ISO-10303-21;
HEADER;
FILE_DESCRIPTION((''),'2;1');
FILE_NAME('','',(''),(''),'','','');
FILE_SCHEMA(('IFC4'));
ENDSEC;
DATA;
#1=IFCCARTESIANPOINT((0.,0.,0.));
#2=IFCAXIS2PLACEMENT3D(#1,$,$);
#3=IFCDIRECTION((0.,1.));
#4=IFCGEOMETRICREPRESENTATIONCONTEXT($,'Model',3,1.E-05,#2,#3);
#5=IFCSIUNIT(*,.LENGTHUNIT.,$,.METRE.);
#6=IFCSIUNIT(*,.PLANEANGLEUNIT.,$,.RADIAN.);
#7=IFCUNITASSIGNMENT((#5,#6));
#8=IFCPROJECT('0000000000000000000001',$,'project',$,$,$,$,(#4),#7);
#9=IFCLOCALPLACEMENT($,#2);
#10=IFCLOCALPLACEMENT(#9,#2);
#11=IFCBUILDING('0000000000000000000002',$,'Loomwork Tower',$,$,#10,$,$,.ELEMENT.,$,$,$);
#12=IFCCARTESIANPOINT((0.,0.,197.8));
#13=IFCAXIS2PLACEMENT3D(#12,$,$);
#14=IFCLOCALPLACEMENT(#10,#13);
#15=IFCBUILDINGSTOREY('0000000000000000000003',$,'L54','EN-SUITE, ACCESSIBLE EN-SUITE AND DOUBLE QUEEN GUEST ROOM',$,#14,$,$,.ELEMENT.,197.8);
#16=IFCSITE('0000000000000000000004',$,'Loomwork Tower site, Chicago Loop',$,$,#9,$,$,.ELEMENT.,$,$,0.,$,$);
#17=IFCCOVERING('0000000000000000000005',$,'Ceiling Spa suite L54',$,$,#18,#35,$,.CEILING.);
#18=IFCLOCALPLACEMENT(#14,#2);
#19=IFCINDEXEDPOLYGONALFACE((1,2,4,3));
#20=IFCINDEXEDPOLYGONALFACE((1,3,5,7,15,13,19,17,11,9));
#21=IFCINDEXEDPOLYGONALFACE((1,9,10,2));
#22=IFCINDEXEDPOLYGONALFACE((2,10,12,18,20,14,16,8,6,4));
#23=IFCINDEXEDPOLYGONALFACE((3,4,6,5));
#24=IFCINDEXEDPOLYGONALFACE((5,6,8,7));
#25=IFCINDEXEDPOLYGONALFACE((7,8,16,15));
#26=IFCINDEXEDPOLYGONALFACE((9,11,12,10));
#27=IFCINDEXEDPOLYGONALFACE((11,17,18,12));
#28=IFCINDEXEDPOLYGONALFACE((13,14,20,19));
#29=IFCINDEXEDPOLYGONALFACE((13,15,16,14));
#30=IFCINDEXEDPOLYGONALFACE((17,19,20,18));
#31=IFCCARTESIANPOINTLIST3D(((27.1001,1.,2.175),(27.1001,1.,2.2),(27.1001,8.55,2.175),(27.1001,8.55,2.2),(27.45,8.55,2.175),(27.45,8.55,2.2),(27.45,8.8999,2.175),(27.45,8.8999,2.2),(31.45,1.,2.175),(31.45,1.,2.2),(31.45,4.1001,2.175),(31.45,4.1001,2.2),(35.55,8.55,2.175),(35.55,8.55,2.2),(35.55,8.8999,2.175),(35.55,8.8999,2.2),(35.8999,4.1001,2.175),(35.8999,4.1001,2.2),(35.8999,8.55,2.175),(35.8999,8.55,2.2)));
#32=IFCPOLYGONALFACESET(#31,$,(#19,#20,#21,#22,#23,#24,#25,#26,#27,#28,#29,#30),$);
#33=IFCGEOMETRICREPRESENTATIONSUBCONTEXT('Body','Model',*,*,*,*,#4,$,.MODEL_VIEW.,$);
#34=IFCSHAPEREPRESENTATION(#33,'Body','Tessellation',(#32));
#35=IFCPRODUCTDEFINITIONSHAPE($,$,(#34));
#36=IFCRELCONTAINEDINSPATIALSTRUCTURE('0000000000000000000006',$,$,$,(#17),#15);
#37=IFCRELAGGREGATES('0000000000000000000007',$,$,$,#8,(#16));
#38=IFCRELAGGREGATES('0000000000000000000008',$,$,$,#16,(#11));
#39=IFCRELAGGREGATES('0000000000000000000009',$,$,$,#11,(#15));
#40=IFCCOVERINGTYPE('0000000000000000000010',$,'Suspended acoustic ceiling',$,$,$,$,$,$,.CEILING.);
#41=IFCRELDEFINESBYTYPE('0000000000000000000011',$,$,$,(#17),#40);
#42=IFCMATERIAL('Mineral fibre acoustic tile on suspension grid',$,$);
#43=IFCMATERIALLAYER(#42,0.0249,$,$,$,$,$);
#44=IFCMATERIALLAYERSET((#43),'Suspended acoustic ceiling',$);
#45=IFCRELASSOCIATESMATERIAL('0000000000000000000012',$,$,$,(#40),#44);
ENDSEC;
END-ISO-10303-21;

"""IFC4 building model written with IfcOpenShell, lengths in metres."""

from ifc_helpers import new_model, si_unit, direction, frame, origin, place, context, subcontext, project, spatial, polyline, outline, extrude, material, layer, layer_set, type_object, element, save


model = new_model("IFC4")

# Units and contexts
model_context = context("Model", 3, precision=1e-05, world=origin(), true_north=direction((0.0, 1.0)))
body_context = subcontext(model_context, "Body", "Model", "MODEL_VIEW")
ifc_project = project(units=[si_unit("LENGTHUNIT", "METRE"), si_unit("PLANEANGLEUNIT", "RADIAN")], contexts=[model_context])

# Site, building, storey
site_placement = place(None, origin())
site = spatial("IfcSite", under=ifc_project, at=site_placement, Name="Loomwork Tower site, Chicago Loop", CompositionType="ELEMENT", RefElevation=0.0)
building_placement = place(site_placement, origin())
building = spatial("IfcBuilding", under=site, at=building_placement, Name="Loomwork Tower", CompositionType="ELEMENT")
storey_placement = place(building_placement, frame((0.0, 0.0, 197.8)))
storey = spatial("IfcBuildingStorey", under=building, at=storey_placement, Name="L54", Description="EN-SUITE, ACCESSIBLE EN-SUITE AND DOUBLE QUEEN GUEST ROOM", CompositionType="ELEMENT", Elevation=197.8)

# Covering
ifc_material_1 = material(Name="Mineral fibre acoustic tile on suspension grid")
ifc_layer_1 = layer(ifc_material_1, 0.0249)
ifc_layer_set_1 = layer_set([ifc_layer_1], Name="Suspended acoustic ceiling")
covering_type_1 = type_object("IfcCoveringType", Name="Suspended acoustic ceiling", PredefinedType="CEILING", material=ifc_layer_set_1)
covering_1_placement = place(storey_placement, frame((0.0, 0.0, 2.175)))
element("IfcCovering", 1, at=covering_1_placement, inside=storey, type_object=covering_type_1, Name="Ceiling Spa suite L54", PredefinedType="CEILING", context=body_context, shape_type="SweptSolid", body=[
    extrude(outline(polyline([(35.55, 8.8999), (35.55, 8.55), (35.8999, 8.55), (35.8999, 4.1001), (31.45, 4.1001), (31.45, 1.0), (27.1001, 1.0), (27.1001, 8.55), (27.45, 8.55), (27.45, 8.8999), (35.55, 8.8999)])), origin(), (0.0, 0.0, 1.0), 0.0249),
])

save(model, "model.ifc")
